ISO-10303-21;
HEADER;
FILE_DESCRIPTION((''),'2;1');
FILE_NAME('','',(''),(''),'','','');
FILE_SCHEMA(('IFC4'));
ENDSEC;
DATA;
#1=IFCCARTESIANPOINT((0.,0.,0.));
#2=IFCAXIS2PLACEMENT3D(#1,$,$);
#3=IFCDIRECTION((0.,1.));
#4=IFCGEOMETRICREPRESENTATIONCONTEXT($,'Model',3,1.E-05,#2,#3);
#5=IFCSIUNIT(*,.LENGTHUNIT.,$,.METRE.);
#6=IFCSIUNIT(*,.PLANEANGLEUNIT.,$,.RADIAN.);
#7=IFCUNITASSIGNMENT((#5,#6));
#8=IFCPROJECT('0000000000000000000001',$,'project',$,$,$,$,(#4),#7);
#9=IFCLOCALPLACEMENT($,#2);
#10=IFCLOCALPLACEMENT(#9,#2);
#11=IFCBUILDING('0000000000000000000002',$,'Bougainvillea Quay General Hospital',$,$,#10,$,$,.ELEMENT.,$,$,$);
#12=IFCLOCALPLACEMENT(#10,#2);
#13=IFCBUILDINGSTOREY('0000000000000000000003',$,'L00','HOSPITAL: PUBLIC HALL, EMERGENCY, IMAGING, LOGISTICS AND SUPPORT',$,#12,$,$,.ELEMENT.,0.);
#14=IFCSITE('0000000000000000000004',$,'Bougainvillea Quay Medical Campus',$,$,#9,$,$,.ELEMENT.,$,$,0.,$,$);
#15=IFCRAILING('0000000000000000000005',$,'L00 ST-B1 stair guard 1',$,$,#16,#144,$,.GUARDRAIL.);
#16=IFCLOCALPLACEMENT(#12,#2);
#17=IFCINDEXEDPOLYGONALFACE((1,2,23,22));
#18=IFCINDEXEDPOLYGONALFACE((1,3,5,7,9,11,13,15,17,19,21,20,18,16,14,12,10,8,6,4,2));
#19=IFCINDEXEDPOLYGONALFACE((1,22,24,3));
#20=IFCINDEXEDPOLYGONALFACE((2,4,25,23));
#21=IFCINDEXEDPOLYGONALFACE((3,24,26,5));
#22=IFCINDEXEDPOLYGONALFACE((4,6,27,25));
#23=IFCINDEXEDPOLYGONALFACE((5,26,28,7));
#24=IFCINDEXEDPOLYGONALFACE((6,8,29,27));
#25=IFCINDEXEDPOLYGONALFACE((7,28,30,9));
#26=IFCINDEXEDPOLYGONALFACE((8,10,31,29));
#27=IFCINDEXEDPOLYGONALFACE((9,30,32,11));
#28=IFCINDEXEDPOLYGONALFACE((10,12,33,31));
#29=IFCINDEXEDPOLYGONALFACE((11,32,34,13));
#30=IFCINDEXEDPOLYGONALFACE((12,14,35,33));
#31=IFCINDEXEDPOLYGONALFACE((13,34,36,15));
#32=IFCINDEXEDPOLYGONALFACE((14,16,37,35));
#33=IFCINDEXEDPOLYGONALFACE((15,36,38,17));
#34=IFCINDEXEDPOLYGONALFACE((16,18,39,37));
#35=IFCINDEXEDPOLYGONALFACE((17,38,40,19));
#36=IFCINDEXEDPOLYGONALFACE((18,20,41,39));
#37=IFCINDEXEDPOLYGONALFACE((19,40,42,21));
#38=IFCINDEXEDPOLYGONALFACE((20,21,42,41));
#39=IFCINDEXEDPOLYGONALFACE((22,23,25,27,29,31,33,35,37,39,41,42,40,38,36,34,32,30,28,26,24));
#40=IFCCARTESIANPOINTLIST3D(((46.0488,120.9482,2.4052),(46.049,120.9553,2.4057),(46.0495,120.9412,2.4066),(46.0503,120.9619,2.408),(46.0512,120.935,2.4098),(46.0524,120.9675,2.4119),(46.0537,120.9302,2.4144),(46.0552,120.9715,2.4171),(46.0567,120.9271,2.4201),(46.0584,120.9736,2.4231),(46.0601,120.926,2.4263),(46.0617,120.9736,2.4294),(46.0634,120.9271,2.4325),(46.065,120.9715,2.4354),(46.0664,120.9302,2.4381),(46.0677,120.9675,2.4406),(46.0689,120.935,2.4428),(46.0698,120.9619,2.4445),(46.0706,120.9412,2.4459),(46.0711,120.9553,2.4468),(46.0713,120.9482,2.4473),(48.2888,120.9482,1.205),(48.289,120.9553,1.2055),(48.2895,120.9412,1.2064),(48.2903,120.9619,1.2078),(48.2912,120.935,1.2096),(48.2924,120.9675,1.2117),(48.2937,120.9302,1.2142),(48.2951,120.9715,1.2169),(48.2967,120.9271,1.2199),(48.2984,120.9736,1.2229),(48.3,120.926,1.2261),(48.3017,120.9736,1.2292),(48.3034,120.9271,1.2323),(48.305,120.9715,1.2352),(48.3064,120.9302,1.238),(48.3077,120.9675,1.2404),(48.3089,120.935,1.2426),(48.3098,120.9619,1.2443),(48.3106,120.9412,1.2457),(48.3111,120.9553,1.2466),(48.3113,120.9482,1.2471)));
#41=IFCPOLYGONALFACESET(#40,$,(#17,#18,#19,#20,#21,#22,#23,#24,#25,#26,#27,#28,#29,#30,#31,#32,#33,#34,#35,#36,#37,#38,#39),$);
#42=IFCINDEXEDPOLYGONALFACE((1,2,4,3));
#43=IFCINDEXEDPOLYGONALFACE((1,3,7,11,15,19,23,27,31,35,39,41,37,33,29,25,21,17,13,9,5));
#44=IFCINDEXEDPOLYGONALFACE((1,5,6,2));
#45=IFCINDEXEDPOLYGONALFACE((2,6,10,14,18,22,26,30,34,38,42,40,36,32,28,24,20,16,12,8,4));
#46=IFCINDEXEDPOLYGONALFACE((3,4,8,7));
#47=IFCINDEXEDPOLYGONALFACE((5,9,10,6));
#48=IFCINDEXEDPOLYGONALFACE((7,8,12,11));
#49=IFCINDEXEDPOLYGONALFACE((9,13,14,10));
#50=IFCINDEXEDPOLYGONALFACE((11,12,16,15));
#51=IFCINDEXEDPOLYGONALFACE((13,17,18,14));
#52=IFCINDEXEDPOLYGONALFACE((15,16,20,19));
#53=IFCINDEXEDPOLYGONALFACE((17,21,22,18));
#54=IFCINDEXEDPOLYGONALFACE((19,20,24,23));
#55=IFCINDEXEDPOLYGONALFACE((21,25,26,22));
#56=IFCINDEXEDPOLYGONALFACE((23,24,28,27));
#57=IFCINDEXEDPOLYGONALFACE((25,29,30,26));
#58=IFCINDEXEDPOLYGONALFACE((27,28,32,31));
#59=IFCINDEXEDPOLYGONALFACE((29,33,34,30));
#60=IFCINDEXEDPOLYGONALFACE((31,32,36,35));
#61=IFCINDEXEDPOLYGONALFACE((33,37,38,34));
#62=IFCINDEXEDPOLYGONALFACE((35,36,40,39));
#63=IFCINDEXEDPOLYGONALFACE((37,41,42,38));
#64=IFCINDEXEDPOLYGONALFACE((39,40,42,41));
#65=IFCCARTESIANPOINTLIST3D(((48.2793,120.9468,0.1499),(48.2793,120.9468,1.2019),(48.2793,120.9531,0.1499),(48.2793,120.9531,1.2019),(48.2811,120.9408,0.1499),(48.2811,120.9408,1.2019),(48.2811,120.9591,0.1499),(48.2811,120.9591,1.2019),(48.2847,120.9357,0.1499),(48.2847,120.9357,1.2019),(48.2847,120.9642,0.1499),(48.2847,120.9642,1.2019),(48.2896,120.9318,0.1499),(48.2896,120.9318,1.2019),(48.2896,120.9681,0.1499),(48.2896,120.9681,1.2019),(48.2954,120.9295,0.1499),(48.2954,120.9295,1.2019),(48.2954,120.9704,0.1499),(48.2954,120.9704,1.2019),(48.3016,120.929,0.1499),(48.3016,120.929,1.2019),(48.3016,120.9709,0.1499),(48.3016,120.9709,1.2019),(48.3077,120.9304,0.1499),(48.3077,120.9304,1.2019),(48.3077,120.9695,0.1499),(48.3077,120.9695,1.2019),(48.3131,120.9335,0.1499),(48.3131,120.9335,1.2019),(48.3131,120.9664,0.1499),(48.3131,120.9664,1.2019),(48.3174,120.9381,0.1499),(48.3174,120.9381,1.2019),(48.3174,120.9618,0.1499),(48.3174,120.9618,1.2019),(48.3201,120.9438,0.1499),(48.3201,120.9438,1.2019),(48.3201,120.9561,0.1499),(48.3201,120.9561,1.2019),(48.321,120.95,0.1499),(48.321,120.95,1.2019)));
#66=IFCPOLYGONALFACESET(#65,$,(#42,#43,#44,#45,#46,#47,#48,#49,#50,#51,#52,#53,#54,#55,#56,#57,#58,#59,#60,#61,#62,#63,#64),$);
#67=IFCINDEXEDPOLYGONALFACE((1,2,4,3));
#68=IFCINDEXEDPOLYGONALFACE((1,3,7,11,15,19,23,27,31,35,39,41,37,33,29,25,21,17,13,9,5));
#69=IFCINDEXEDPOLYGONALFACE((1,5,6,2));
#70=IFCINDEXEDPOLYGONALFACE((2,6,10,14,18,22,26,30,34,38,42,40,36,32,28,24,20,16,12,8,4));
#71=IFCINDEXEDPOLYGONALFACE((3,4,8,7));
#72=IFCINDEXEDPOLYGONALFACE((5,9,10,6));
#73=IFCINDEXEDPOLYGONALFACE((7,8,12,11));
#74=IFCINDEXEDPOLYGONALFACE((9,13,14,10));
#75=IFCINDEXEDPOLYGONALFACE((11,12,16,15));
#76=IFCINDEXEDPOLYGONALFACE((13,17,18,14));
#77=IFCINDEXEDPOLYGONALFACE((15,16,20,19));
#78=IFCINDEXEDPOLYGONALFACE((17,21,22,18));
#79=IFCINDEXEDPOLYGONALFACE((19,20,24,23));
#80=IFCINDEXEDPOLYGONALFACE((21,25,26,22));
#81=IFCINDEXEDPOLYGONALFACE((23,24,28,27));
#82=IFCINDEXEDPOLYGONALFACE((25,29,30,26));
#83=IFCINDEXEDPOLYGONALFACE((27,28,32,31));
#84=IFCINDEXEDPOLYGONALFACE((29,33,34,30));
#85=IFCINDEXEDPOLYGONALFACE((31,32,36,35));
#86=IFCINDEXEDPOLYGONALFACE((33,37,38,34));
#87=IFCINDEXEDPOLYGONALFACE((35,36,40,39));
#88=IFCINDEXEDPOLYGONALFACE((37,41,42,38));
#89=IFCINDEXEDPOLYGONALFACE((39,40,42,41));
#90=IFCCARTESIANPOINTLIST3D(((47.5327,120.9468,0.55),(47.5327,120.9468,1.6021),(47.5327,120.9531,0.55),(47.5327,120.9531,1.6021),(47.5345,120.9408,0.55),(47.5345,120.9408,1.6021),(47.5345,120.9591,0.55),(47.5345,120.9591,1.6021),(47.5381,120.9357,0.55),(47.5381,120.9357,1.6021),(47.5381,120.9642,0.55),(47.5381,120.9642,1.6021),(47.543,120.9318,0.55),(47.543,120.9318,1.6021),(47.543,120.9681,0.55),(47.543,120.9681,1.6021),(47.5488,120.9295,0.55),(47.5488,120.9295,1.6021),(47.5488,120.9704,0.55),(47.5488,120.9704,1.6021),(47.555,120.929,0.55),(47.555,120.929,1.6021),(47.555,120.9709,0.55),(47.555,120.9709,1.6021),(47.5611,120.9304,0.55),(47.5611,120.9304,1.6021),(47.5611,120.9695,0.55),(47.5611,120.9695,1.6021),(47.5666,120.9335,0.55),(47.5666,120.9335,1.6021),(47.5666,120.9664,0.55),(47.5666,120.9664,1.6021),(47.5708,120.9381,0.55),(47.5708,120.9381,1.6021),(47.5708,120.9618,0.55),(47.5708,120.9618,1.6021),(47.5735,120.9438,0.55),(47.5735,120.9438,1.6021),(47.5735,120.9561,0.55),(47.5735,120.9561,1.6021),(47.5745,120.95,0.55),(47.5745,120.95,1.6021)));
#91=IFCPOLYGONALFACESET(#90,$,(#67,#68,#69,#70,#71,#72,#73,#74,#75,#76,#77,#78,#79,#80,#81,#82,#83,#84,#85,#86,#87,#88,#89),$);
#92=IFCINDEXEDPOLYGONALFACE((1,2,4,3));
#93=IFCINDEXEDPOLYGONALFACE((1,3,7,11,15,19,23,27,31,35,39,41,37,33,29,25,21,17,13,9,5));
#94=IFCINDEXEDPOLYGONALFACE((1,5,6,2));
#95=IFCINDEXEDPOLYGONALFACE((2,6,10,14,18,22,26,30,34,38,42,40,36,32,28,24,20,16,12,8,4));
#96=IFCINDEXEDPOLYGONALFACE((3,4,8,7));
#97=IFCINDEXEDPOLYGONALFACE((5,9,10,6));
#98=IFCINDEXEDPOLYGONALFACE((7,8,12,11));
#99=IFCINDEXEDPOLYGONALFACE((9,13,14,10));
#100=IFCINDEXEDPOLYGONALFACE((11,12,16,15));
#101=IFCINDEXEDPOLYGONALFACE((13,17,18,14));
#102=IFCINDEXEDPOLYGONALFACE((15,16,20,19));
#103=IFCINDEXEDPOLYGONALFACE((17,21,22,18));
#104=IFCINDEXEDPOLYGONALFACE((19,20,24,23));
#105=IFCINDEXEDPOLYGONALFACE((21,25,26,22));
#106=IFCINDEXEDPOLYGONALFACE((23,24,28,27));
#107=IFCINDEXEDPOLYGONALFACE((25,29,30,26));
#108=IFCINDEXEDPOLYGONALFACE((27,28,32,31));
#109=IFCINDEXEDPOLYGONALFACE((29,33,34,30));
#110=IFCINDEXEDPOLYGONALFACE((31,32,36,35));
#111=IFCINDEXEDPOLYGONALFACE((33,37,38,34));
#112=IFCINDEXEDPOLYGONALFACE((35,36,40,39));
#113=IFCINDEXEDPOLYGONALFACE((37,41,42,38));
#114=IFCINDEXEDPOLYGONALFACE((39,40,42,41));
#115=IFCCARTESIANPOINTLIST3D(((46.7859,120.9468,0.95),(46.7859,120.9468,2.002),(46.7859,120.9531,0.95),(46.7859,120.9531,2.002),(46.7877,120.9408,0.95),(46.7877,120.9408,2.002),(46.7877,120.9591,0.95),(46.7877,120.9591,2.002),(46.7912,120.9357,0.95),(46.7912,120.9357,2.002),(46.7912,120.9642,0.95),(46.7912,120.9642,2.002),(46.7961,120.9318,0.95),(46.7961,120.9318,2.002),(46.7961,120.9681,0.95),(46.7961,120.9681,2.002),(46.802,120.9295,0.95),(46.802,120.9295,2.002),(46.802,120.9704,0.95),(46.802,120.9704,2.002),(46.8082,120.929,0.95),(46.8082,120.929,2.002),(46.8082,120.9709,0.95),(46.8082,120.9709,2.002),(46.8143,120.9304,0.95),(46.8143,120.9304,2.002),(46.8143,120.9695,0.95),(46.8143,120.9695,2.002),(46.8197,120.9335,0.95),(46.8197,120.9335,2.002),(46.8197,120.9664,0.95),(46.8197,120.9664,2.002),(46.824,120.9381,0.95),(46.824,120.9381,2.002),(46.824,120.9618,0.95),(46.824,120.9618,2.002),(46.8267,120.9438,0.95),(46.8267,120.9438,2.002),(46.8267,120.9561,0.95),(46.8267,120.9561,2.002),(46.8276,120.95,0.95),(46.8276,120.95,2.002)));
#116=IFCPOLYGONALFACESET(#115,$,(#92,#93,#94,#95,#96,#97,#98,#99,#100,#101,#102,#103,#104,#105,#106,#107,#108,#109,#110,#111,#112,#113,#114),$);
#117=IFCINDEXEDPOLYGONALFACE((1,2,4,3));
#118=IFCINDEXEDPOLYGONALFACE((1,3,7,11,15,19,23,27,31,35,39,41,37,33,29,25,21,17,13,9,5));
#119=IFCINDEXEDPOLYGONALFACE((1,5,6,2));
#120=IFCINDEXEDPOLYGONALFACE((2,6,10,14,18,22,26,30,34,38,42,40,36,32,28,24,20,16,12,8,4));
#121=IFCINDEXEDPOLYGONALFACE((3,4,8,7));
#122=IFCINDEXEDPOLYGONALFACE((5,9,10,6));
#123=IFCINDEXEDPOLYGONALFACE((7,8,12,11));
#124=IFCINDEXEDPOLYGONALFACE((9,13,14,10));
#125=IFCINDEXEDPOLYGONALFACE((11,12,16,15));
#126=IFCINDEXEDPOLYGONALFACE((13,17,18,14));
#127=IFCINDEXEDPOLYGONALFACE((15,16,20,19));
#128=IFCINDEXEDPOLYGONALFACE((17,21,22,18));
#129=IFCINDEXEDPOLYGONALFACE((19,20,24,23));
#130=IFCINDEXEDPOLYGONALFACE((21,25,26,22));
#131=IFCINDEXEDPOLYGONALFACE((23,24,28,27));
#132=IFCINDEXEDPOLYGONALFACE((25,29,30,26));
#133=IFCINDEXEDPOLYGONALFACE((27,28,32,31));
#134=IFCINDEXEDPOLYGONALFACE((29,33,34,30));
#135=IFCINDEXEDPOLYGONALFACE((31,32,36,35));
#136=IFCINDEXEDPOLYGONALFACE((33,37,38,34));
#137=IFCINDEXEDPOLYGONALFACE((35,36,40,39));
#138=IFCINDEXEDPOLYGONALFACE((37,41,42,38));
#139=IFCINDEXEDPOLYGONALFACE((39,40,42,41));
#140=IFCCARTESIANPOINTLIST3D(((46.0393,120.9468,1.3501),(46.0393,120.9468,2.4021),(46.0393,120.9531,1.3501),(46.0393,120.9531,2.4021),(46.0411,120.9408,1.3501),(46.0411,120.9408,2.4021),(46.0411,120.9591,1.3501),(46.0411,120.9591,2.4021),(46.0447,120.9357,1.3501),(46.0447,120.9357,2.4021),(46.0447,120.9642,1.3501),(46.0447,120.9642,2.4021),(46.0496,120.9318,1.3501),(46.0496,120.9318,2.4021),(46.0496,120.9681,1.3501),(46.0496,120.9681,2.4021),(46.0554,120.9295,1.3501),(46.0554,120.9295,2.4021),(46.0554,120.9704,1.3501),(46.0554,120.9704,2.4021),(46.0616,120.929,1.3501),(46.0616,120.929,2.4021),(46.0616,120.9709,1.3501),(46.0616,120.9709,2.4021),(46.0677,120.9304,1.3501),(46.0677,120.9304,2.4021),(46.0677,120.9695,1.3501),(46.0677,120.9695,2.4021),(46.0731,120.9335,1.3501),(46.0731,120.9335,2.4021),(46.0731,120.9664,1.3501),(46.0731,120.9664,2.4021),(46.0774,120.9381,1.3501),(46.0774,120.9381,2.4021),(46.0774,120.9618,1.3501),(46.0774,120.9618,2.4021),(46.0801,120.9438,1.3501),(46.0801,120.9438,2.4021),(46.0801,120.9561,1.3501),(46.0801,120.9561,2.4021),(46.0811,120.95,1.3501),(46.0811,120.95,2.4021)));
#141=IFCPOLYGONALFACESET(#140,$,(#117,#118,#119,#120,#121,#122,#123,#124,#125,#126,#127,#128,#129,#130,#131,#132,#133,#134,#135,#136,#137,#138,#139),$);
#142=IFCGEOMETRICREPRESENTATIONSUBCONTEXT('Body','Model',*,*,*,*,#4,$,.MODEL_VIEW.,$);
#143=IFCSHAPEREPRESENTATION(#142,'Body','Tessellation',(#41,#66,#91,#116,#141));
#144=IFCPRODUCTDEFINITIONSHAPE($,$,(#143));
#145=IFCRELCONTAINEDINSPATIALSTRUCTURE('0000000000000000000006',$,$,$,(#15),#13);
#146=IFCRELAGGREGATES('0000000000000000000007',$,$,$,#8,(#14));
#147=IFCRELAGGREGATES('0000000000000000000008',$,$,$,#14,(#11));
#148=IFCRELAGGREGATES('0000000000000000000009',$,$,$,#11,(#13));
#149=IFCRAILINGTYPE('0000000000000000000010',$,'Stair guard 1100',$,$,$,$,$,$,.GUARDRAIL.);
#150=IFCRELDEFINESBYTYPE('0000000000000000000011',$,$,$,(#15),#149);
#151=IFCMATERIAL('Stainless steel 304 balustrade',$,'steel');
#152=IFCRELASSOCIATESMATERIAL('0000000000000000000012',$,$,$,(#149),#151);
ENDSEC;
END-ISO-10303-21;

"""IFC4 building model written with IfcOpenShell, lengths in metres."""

from ifc_helpers import new_model, si_unit, direction, frame, origin, origin_2d, place, context, subcontext, project, spatial, circle, extrude, material, type_object, element, save


model = new_model("IFC4")

# Units and contexts
model_context = context("Model", 3, precision=1e-05, world=origin(), true_north=direction((0.0, 1.0)))
body_context = subcontext(model_context, "Body", "Model", "MODEL_VIEW")
ifc_project = project(units=[si_unit("LENGTHUNIT", "METRE"), si_unit("PLANEANGLEUNIT", "RADIAN")], contexts=[model_context])

# Site, building, storey
site_placement = place(None, origin())
site = spatial("IfcSite", under=ifc_project, at=site_placement, Name="Bougainvillea Quay Medical Campus", CompositionType="ELEMENT", RefElevation=0.0)
building_placement = place(site_placement, origin())
building = spatial("IfcBuilding", under=site, at=building_placement, Name="Bougainvillea Quay General Hospital", CompositionType="ELEMENT")
storey_placement = place(building_placement, origin())
storey = spatial("IfcBuildingStorey", under=building, at=storey_placement, Name="L00", Description="HOSPITAL: PUBLIC HALL, EMERGENCY, IMAGING, LOGISTICS AND SUPPORT", CompositionType="ELEMENT", Elevation=0.0)

# Railing
ifc_material_1 = material(Name="Stainless steel 304 balustrade", Category="steel")
railing_type_1 = type_object("IfcRailingType", Name="Stair guard 1100", PredefinedType="GUARDRAIL", material=ifc_material_1)
railing_1_placement = place(storey_placement, frame((48.3, 120.95, 0.1499)))
element("IfcRailing", 1, at=railing_1_placement, inside=storey, type_object=railing_type_1, Name="L00 ST-B1 stair guard 1", PredefinedType="GUARDRAIL", context=body_context, shape_type="SweptSolid", body=[
    extrude(circle(Radius=0.0239, at=origin_2d()), frame((0.0, 0.0, 1.0762), z_axis=(-0.881447, 0.0, 0.472283), x_axis=(0.0, -1.0, 0.0)), (0.0, 0.0, 1.0), 2.5413),
    extrude(circle(Radius=0.021, at=origin_2d()), origin(), (0.0, 0.0, 1.0), 1.052),
    extrude(circle(Radius=0.021, at=origin_2d()), frame((-0.7466, 0.0, 0.4001)), (0.0, 0.0, 1.0), 1.052),
    extrude(circle(Radius=0.021, at=origin_2d()), frame((-1.4934, 0.0, 0.8)), (0.0, 0.0, 1.0), 1.052),
    extrude(circle(Radius=0.021, at=origin_2d()), frame((-2.24, 0.0, 1.2002)), (0.0, 0.0, 1.0), 1.052),
])

save(model, "model.ifc")
